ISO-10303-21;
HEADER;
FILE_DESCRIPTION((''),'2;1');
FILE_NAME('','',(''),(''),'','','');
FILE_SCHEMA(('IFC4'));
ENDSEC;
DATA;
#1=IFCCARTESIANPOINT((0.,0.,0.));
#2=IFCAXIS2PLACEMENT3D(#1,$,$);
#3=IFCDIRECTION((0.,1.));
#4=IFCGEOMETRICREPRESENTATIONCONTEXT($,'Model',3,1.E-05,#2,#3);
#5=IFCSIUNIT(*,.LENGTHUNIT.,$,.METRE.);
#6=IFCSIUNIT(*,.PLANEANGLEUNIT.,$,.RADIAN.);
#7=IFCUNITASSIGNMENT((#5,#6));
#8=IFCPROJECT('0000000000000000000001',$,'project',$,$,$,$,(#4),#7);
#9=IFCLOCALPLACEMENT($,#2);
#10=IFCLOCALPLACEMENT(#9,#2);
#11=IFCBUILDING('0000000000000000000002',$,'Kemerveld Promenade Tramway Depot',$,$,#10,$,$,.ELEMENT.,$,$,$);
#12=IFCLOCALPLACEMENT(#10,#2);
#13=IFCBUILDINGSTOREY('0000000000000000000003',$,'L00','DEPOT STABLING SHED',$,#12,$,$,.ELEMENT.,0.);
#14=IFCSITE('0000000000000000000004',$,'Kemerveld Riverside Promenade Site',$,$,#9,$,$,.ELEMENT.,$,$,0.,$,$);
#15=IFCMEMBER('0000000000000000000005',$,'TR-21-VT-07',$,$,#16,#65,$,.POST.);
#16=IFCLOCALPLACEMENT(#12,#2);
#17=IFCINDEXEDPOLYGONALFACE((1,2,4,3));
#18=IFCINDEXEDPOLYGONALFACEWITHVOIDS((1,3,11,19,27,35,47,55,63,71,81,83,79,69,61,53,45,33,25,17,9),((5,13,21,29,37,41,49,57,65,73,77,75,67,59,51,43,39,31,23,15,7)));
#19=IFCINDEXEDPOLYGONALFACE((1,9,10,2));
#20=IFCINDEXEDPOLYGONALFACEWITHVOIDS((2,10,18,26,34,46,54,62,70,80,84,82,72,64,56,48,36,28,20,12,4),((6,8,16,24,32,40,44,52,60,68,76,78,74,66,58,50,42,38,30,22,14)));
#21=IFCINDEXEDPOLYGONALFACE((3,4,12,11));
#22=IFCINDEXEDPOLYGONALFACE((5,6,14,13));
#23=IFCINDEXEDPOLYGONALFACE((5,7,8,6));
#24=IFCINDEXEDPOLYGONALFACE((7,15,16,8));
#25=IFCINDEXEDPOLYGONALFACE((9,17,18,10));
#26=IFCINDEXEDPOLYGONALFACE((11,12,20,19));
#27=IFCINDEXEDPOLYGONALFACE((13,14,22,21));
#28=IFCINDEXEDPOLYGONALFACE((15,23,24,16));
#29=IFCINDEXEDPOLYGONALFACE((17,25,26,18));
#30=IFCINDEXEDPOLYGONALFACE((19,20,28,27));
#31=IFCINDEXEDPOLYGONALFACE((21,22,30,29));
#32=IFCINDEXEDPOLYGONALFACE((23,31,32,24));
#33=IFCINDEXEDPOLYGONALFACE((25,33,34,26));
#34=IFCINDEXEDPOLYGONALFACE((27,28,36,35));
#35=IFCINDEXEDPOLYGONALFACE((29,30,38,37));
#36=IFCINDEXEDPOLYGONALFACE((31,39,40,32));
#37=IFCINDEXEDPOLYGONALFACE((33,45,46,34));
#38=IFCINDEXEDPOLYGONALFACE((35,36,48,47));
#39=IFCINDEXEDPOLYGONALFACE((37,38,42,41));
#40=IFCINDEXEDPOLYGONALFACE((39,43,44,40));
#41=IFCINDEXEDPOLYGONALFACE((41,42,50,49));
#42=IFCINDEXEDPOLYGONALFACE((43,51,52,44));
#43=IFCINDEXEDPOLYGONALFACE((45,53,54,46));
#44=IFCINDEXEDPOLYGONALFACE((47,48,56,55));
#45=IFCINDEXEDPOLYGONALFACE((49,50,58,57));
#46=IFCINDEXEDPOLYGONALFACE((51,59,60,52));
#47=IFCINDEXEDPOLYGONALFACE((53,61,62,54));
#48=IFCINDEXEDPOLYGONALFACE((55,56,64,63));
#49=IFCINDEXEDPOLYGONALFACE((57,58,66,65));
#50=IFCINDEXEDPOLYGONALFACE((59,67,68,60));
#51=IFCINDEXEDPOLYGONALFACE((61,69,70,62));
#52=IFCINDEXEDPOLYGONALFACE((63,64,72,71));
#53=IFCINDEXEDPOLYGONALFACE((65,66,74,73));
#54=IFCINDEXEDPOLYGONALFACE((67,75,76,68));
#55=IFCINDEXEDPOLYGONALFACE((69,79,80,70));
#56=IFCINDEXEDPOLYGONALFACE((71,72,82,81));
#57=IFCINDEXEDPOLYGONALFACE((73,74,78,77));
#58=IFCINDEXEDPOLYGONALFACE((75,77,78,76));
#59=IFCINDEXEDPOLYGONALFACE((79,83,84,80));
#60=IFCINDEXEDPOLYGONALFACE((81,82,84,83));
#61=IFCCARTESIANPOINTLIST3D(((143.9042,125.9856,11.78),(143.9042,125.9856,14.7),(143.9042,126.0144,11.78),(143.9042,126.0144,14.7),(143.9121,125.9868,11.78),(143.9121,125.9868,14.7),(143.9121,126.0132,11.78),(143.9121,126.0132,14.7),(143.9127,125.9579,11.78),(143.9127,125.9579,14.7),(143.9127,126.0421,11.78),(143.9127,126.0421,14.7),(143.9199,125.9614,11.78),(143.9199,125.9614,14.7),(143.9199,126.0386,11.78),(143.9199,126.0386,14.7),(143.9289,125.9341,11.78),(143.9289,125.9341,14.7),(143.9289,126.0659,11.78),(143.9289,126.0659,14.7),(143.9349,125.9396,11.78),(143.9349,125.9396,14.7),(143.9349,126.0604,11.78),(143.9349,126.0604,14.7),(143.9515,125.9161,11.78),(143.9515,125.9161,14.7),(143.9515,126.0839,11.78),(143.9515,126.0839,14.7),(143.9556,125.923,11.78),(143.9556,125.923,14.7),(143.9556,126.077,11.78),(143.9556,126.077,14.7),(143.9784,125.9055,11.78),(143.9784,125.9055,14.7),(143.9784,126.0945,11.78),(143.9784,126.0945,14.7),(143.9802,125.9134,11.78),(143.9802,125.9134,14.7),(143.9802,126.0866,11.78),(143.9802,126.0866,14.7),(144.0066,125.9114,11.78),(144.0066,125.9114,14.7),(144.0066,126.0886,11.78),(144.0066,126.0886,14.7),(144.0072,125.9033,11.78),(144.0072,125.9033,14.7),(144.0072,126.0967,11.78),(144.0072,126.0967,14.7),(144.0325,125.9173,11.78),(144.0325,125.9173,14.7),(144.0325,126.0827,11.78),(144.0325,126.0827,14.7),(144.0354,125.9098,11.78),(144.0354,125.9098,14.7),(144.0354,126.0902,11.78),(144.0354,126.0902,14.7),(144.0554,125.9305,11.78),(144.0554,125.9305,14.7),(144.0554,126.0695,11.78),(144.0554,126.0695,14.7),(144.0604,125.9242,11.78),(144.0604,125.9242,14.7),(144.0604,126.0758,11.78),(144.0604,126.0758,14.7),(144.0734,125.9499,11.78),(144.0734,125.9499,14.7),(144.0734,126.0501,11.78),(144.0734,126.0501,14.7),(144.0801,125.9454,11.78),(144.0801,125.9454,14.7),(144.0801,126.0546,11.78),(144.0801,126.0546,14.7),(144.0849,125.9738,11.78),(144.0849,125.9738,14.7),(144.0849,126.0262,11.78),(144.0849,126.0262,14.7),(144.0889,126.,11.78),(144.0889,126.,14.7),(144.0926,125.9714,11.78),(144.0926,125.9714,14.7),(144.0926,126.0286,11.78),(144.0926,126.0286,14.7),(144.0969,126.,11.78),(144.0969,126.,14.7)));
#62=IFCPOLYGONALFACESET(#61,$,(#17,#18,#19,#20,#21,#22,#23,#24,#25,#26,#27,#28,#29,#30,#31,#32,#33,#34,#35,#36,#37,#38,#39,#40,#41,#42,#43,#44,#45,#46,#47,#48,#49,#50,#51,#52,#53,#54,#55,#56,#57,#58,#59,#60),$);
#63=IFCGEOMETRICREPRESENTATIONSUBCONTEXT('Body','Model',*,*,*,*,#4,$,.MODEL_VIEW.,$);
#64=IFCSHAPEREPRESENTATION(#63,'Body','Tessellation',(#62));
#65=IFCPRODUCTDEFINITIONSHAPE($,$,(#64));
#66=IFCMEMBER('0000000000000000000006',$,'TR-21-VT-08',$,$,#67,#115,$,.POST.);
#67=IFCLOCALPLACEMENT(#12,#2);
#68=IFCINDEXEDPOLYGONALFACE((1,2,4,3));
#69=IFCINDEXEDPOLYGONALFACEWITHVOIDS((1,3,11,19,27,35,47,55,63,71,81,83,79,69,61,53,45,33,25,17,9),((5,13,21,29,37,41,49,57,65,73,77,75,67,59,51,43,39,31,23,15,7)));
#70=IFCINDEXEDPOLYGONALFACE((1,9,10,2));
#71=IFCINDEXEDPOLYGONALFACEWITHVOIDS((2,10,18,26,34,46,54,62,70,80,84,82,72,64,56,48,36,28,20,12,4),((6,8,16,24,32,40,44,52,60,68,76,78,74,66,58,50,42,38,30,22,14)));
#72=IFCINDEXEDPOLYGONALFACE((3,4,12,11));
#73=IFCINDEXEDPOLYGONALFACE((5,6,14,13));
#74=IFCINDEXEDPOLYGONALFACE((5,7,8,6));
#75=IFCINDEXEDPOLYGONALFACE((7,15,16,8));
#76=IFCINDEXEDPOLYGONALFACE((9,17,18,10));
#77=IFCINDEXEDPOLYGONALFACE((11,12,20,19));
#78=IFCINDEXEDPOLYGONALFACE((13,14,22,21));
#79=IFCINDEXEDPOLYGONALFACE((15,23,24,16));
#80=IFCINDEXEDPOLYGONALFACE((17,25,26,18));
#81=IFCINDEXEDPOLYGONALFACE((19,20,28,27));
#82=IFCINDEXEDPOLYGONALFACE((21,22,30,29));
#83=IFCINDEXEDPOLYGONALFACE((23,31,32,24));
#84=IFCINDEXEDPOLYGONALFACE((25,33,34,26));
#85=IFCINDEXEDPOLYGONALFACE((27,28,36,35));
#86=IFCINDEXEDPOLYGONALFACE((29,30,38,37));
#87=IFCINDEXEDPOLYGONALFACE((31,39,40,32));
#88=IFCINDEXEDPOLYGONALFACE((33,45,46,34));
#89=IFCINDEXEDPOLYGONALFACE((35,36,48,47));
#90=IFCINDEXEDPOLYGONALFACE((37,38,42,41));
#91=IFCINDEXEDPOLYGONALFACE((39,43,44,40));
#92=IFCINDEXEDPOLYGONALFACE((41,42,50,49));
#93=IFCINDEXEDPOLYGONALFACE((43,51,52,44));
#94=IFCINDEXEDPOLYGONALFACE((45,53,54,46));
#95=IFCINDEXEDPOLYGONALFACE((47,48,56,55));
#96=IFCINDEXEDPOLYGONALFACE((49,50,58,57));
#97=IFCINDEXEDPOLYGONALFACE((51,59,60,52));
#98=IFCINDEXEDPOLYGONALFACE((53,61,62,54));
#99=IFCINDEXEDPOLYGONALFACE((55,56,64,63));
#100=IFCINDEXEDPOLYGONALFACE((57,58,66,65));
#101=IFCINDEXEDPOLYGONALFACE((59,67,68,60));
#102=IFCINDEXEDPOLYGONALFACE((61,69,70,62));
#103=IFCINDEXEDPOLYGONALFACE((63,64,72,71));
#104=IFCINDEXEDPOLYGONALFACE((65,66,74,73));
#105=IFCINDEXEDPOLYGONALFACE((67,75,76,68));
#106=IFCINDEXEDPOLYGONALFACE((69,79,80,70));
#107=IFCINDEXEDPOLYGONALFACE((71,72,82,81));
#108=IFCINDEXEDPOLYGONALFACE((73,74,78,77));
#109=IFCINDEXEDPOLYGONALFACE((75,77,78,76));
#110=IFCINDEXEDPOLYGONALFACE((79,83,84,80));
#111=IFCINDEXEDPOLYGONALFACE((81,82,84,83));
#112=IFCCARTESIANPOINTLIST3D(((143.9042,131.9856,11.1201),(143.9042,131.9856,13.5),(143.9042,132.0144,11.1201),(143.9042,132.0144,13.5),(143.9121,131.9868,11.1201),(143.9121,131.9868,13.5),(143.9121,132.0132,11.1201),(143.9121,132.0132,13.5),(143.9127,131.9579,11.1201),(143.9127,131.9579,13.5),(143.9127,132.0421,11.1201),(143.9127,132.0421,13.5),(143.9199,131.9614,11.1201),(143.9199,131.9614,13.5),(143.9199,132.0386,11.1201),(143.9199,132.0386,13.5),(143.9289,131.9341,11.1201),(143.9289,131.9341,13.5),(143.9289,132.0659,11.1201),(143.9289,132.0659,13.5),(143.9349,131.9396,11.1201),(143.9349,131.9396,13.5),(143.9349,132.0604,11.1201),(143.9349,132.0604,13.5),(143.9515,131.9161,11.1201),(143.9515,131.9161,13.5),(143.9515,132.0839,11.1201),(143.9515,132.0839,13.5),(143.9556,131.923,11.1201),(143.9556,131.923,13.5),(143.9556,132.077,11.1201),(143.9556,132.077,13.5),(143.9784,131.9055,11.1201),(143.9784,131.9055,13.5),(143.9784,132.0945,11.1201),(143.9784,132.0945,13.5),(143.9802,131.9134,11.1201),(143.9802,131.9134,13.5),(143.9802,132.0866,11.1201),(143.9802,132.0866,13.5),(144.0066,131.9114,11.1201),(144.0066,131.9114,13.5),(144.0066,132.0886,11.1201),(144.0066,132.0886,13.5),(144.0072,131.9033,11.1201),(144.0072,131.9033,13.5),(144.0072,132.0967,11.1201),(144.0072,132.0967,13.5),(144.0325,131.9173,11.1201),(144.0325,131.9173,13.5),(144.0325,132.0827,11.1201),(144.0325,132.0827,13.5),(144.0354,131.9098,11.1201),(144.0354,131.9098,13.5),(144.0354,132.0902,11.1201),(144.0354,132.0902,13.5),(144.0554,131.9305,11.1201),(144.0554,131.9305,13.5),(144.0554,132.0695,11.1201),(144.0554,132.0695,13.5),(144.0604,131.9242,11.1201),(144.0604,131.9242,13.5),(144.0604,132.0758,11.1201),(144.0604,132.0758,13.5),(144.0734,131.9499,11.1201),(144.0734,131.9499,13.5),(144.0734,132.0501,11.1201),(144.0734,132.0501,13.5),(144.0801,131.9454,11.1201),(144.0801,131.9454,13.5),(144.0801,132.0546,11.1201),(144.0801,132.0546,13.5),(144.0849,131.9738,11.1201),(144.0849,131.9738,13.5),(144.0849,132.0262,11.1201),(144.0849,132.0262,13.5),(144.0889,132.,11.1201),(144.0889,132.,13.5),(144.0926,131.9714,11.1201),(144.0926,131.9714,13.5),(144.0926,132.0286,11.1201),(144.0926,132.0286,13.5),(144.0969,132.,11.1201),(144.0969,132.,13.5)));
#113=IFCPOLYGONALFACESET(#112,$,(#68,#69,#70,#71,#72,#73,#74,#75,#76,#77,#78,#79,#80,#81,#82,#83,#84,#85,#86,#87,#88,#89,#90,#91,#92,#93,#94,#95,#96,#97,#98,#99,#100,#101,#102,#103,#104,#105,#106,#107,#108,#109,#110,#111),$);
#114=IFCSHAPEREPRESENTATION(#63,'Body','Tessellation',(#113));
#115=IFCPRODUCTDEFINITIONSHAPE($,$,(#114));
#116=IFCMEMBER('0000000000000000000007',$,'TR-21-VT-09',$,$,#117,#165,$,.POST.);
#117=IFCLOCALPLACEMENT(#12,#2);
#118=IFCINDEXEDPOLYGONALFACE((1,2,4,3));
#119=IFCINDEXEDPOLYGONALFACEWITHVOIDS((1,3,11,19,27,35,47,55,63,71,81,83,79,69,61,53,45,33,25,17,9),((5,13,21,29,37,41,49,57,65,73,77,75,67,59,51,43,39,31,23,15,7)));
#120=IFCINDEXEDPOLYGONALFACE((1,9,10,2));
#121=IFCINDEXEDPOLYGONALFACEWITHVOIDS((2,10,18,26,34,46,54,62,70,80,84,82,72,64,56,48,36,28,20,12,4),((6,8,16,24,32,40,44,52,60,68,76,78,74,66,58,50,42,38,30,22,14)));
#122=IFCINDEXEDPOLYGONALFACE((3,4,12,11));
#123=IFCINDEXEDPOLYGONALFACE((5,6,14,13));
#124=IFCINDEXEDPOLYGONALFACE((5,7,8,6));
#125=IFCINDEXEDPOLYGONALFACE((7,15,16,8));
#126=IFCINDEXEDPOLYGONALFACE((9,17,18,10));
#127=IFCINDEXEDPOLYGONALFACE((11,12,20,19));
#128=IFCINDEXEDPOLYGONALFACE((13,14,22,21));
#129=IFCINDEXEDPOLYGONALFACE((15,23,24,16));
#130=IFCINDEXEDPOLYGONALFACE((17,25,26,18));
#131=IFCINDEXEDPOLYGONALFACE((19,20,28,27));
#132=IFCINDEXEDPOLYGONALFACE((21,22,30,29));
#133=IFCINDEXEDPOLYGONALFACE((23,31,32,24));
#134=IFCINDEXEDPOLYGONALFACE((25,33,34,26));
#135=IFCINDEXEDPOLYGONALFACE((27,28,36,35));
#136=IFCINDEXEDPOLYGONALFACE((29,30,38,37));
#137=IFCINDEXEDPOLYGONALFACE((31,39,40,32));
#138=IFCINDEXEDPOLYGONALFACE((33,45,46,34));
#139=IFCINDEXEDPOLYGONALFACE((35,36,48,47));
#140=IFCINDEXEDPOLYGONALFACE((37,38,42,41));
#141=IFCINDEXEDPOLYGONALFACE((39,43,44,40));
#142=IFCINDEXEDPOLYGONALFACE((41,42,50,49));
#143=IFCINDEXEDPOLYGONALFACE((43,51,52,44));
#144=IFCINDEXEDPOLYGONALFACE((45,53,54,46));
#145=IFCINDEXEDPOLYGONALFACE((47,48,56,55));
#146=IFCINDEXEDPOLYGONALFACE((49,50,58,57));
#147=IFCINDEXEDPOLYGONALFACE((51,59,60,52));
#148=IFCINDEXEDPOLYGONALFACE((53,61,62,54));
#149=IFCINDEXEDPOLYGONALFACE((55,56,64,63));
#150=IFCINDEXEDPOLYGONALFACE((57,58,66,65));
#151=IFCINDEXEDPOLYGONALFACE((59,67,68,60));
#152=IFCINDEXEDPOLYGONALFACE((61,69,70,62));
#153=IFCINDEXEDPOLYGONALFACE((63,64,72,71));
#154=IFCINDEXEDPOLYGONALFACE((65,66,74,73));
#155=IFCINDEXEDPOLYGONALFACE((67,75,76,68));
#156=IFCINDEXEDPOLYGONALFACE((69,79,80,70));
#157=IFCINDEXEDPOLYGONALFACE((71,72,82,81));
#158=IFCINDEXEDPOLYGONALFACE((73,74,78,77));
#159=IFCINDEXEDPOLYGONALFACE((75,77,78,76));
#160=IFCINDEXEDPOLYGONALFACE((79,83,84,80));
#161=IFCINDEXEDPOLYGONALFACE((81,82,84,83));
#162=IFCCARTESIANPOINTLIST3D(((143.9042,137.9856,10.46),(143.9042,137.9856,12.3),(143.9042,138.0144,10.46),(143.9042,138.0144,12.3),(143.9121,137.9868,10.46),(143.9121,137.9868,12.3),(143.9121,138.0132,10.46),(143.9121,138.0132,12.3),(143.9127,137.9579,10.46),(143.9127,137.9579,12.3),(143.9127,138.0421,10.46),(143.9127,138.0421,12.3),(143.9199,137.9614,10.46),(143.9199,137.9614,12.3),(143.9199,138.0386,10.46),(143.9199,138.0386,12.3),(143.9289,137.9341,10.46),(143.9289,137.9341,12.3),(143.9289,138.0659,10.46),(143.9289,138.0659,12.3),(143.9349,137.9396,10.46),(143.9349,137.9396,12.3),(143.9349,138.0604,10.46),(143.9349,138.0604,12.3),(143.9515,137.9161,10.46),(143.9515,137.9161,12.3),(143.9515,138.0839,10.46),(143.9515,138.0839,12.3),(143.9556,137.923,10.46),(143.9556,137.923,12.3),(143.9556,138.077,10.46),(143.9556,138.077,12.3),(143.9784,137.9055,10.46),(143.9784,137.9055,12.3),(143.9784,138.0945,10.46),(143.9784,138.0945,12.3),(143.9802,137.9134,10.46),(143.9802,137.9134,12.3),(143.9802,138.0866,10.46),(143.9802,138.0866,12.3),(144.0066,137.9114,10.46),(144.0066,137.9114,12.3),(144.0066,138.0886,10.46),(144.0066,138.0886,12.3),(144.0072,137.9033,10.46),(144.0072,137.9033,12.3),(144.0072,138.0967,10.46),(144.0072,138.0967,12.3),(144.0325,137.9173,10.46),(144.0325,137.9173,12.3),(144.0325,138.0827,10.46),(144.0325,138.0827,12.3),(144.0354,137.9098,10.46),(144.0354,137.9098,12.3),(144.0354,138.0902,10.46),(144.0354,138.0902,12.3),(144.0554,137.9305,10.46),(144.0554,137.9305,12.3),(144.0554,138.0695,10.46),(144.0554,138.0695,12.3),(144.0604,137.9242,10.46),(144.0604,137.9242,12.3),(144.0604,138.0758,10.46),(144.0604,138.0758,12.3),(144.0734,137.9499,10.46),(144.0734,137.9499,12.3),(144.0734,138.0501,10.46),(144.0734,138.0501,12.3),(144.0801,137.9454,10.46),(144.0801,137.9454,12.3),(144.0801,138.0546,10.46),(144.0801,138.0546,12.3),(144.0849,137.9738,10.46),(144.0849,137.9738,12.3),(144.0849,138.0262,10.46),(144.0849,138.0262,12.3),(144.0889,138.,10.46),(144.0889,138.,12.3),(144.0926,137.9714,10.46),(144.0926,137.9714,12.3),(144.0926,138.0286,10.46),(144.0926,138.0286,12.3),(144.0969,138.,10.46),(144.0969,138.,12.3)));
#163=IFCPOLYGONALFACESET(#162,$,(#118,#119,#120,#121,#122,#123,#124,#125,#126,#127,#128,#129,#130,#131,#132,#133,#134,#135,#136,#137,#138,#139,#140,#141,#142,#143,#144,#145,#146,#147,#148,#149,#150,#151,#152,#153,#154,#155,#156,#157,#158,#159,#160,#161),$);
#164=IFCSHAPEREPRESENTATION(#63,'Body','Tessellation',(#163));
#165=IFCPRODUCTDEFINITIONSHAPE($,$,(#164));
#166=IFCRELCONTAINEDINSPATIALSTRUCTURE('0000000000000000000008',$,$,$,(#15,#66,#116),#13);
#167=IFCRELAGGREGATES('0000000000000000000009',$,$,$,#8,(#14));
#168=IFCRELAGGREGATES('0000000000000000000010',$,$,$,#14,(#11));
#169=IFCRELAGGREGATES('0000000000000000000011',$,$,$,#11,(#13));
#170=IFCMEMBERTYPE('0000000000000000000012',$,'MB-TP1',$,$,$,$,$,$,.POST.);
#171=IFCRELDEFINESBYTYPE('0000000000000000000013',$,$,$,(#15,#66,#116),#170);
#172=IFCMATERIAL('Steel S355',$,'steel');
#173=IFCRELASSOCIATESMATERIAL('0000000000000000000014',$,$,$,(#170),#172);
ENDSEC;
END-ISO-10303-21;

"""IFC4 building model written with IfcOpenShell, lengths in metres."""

from ifc_helpers import new_model, si_unit, direction, frame, origin, origin_2d, place, context, subcontext, project, spatial, hollow_circle, extrude, material, material_profile, profile_set, type_object, element, save


model = new_model("IFC4")

# Units and contexts
model_context = context("Model", 3, precision=1e-05, world=origin(), true_north=direction((0.0, 1.0)))
body_context = subcontext(model_context, "Body", "Model", "MODEL_VIEW")
ifc_project = project(units=[si_unit("LENGTHUNIT", "METRE"), si_unit("PLANEANGLEUNIT", "RADIAN")], contexts=[model_context])

# Site, building, storey
site_placement = place(None, origin())
site = spatial("IfcSite", under=ifc_project, at=site_placement, Name="Kemerveld Riverside Promenade Site", CompositionType="ELEMENT", RefElevation=0.0)
building_placement = place(site_placement, origin())
building = spatial("IfcBuilding", under=site, at=building_placement, Name="Kemerveld Promenade Tramway Depot", CompositionType="ELEMENT")
storey_placement = place(building_placement, origin())
storey = spatial("IfcBuildingStorey", under=building, at=storey_placement, Name="L00", Description="DEPOT STABLING SHED", CompositionType="ELEMENT", Elevation=0.0)

# Members
ifc_material = material(Name="Steel S355", Category="steel")
ifc_material_profile_1 = material_profile(ifc_material, hollow_circle(Radius=0.0969, WallThickness=0.0081, at=origin_2d()), Name="193.7x8.0 CHS")
ifc_profile_set_1 = profile_set([ifc_material_profile_1], Name="Steel S355")
member_type_1 = type_object("IfcMemberType", Name="MB-TP1", PredefinedType="POST", material=ifc_profile_set_1)
member_1_placement = place(storey_placement, frame((144.0, 126.0, 11.78), z_axis=(0.0, 0.0, 1.0), x_axis=(1.0, 0.0, 0.0)))
element("IfcMember", 1, at=member_1_placement, inside=storey, type_object=member_type_1, Name="TR-21-VT-07", PredefinedType="POST", context=body_context, shape_type="SweptSolid", body=[
    extrude(hollow_circle(Radius=0.0969, WallThickness=0.0081, at=origin_2d()), origin(), (0.0, 0.0, 1.0), 2.9199),
])
member_2_placement = place(storey_placement, frame((144.0, 132.0, 11.1201), z_axis=(0.0, 0.0, 1.0), x_axis=(1.0, 0.0, 0.0)))
element("IfcMember", 2, at=member_2_placement, inside=storey, type_object=member_type_1, Name="TR-21-VT-08", PredefinedType="POST", context=body_context, shape_type="SweptSolid", body=[
    extrude(hollow_circle(Radius=0.0969, WallThickness=0.0081, at=origin_2d()), origin(), (0.0, 0.0, 1.0), 2.3799),
])
member_3_placement = place(storey_placement, frame((144.0, 138.0, 10.46), z_axis=(0.0, 0.0, 1.0), x_axis=(1.0, 0.0, 0.0)))
element("IfcMember", 3, at=member_3_placement, inside=storey, type_object=member_type_1, Name="TR-21-VT-09", PredefinedType="POST", context=body_context, shape_type="SweptSolid", body=[
    extrude(hollow_circle(Radius=0.0969, WallThickness=0.0081, at=origin_2d()), origin(), (0.0, 0.0, 1.0), 1.8401),
])

save(model, "model.ifc")
